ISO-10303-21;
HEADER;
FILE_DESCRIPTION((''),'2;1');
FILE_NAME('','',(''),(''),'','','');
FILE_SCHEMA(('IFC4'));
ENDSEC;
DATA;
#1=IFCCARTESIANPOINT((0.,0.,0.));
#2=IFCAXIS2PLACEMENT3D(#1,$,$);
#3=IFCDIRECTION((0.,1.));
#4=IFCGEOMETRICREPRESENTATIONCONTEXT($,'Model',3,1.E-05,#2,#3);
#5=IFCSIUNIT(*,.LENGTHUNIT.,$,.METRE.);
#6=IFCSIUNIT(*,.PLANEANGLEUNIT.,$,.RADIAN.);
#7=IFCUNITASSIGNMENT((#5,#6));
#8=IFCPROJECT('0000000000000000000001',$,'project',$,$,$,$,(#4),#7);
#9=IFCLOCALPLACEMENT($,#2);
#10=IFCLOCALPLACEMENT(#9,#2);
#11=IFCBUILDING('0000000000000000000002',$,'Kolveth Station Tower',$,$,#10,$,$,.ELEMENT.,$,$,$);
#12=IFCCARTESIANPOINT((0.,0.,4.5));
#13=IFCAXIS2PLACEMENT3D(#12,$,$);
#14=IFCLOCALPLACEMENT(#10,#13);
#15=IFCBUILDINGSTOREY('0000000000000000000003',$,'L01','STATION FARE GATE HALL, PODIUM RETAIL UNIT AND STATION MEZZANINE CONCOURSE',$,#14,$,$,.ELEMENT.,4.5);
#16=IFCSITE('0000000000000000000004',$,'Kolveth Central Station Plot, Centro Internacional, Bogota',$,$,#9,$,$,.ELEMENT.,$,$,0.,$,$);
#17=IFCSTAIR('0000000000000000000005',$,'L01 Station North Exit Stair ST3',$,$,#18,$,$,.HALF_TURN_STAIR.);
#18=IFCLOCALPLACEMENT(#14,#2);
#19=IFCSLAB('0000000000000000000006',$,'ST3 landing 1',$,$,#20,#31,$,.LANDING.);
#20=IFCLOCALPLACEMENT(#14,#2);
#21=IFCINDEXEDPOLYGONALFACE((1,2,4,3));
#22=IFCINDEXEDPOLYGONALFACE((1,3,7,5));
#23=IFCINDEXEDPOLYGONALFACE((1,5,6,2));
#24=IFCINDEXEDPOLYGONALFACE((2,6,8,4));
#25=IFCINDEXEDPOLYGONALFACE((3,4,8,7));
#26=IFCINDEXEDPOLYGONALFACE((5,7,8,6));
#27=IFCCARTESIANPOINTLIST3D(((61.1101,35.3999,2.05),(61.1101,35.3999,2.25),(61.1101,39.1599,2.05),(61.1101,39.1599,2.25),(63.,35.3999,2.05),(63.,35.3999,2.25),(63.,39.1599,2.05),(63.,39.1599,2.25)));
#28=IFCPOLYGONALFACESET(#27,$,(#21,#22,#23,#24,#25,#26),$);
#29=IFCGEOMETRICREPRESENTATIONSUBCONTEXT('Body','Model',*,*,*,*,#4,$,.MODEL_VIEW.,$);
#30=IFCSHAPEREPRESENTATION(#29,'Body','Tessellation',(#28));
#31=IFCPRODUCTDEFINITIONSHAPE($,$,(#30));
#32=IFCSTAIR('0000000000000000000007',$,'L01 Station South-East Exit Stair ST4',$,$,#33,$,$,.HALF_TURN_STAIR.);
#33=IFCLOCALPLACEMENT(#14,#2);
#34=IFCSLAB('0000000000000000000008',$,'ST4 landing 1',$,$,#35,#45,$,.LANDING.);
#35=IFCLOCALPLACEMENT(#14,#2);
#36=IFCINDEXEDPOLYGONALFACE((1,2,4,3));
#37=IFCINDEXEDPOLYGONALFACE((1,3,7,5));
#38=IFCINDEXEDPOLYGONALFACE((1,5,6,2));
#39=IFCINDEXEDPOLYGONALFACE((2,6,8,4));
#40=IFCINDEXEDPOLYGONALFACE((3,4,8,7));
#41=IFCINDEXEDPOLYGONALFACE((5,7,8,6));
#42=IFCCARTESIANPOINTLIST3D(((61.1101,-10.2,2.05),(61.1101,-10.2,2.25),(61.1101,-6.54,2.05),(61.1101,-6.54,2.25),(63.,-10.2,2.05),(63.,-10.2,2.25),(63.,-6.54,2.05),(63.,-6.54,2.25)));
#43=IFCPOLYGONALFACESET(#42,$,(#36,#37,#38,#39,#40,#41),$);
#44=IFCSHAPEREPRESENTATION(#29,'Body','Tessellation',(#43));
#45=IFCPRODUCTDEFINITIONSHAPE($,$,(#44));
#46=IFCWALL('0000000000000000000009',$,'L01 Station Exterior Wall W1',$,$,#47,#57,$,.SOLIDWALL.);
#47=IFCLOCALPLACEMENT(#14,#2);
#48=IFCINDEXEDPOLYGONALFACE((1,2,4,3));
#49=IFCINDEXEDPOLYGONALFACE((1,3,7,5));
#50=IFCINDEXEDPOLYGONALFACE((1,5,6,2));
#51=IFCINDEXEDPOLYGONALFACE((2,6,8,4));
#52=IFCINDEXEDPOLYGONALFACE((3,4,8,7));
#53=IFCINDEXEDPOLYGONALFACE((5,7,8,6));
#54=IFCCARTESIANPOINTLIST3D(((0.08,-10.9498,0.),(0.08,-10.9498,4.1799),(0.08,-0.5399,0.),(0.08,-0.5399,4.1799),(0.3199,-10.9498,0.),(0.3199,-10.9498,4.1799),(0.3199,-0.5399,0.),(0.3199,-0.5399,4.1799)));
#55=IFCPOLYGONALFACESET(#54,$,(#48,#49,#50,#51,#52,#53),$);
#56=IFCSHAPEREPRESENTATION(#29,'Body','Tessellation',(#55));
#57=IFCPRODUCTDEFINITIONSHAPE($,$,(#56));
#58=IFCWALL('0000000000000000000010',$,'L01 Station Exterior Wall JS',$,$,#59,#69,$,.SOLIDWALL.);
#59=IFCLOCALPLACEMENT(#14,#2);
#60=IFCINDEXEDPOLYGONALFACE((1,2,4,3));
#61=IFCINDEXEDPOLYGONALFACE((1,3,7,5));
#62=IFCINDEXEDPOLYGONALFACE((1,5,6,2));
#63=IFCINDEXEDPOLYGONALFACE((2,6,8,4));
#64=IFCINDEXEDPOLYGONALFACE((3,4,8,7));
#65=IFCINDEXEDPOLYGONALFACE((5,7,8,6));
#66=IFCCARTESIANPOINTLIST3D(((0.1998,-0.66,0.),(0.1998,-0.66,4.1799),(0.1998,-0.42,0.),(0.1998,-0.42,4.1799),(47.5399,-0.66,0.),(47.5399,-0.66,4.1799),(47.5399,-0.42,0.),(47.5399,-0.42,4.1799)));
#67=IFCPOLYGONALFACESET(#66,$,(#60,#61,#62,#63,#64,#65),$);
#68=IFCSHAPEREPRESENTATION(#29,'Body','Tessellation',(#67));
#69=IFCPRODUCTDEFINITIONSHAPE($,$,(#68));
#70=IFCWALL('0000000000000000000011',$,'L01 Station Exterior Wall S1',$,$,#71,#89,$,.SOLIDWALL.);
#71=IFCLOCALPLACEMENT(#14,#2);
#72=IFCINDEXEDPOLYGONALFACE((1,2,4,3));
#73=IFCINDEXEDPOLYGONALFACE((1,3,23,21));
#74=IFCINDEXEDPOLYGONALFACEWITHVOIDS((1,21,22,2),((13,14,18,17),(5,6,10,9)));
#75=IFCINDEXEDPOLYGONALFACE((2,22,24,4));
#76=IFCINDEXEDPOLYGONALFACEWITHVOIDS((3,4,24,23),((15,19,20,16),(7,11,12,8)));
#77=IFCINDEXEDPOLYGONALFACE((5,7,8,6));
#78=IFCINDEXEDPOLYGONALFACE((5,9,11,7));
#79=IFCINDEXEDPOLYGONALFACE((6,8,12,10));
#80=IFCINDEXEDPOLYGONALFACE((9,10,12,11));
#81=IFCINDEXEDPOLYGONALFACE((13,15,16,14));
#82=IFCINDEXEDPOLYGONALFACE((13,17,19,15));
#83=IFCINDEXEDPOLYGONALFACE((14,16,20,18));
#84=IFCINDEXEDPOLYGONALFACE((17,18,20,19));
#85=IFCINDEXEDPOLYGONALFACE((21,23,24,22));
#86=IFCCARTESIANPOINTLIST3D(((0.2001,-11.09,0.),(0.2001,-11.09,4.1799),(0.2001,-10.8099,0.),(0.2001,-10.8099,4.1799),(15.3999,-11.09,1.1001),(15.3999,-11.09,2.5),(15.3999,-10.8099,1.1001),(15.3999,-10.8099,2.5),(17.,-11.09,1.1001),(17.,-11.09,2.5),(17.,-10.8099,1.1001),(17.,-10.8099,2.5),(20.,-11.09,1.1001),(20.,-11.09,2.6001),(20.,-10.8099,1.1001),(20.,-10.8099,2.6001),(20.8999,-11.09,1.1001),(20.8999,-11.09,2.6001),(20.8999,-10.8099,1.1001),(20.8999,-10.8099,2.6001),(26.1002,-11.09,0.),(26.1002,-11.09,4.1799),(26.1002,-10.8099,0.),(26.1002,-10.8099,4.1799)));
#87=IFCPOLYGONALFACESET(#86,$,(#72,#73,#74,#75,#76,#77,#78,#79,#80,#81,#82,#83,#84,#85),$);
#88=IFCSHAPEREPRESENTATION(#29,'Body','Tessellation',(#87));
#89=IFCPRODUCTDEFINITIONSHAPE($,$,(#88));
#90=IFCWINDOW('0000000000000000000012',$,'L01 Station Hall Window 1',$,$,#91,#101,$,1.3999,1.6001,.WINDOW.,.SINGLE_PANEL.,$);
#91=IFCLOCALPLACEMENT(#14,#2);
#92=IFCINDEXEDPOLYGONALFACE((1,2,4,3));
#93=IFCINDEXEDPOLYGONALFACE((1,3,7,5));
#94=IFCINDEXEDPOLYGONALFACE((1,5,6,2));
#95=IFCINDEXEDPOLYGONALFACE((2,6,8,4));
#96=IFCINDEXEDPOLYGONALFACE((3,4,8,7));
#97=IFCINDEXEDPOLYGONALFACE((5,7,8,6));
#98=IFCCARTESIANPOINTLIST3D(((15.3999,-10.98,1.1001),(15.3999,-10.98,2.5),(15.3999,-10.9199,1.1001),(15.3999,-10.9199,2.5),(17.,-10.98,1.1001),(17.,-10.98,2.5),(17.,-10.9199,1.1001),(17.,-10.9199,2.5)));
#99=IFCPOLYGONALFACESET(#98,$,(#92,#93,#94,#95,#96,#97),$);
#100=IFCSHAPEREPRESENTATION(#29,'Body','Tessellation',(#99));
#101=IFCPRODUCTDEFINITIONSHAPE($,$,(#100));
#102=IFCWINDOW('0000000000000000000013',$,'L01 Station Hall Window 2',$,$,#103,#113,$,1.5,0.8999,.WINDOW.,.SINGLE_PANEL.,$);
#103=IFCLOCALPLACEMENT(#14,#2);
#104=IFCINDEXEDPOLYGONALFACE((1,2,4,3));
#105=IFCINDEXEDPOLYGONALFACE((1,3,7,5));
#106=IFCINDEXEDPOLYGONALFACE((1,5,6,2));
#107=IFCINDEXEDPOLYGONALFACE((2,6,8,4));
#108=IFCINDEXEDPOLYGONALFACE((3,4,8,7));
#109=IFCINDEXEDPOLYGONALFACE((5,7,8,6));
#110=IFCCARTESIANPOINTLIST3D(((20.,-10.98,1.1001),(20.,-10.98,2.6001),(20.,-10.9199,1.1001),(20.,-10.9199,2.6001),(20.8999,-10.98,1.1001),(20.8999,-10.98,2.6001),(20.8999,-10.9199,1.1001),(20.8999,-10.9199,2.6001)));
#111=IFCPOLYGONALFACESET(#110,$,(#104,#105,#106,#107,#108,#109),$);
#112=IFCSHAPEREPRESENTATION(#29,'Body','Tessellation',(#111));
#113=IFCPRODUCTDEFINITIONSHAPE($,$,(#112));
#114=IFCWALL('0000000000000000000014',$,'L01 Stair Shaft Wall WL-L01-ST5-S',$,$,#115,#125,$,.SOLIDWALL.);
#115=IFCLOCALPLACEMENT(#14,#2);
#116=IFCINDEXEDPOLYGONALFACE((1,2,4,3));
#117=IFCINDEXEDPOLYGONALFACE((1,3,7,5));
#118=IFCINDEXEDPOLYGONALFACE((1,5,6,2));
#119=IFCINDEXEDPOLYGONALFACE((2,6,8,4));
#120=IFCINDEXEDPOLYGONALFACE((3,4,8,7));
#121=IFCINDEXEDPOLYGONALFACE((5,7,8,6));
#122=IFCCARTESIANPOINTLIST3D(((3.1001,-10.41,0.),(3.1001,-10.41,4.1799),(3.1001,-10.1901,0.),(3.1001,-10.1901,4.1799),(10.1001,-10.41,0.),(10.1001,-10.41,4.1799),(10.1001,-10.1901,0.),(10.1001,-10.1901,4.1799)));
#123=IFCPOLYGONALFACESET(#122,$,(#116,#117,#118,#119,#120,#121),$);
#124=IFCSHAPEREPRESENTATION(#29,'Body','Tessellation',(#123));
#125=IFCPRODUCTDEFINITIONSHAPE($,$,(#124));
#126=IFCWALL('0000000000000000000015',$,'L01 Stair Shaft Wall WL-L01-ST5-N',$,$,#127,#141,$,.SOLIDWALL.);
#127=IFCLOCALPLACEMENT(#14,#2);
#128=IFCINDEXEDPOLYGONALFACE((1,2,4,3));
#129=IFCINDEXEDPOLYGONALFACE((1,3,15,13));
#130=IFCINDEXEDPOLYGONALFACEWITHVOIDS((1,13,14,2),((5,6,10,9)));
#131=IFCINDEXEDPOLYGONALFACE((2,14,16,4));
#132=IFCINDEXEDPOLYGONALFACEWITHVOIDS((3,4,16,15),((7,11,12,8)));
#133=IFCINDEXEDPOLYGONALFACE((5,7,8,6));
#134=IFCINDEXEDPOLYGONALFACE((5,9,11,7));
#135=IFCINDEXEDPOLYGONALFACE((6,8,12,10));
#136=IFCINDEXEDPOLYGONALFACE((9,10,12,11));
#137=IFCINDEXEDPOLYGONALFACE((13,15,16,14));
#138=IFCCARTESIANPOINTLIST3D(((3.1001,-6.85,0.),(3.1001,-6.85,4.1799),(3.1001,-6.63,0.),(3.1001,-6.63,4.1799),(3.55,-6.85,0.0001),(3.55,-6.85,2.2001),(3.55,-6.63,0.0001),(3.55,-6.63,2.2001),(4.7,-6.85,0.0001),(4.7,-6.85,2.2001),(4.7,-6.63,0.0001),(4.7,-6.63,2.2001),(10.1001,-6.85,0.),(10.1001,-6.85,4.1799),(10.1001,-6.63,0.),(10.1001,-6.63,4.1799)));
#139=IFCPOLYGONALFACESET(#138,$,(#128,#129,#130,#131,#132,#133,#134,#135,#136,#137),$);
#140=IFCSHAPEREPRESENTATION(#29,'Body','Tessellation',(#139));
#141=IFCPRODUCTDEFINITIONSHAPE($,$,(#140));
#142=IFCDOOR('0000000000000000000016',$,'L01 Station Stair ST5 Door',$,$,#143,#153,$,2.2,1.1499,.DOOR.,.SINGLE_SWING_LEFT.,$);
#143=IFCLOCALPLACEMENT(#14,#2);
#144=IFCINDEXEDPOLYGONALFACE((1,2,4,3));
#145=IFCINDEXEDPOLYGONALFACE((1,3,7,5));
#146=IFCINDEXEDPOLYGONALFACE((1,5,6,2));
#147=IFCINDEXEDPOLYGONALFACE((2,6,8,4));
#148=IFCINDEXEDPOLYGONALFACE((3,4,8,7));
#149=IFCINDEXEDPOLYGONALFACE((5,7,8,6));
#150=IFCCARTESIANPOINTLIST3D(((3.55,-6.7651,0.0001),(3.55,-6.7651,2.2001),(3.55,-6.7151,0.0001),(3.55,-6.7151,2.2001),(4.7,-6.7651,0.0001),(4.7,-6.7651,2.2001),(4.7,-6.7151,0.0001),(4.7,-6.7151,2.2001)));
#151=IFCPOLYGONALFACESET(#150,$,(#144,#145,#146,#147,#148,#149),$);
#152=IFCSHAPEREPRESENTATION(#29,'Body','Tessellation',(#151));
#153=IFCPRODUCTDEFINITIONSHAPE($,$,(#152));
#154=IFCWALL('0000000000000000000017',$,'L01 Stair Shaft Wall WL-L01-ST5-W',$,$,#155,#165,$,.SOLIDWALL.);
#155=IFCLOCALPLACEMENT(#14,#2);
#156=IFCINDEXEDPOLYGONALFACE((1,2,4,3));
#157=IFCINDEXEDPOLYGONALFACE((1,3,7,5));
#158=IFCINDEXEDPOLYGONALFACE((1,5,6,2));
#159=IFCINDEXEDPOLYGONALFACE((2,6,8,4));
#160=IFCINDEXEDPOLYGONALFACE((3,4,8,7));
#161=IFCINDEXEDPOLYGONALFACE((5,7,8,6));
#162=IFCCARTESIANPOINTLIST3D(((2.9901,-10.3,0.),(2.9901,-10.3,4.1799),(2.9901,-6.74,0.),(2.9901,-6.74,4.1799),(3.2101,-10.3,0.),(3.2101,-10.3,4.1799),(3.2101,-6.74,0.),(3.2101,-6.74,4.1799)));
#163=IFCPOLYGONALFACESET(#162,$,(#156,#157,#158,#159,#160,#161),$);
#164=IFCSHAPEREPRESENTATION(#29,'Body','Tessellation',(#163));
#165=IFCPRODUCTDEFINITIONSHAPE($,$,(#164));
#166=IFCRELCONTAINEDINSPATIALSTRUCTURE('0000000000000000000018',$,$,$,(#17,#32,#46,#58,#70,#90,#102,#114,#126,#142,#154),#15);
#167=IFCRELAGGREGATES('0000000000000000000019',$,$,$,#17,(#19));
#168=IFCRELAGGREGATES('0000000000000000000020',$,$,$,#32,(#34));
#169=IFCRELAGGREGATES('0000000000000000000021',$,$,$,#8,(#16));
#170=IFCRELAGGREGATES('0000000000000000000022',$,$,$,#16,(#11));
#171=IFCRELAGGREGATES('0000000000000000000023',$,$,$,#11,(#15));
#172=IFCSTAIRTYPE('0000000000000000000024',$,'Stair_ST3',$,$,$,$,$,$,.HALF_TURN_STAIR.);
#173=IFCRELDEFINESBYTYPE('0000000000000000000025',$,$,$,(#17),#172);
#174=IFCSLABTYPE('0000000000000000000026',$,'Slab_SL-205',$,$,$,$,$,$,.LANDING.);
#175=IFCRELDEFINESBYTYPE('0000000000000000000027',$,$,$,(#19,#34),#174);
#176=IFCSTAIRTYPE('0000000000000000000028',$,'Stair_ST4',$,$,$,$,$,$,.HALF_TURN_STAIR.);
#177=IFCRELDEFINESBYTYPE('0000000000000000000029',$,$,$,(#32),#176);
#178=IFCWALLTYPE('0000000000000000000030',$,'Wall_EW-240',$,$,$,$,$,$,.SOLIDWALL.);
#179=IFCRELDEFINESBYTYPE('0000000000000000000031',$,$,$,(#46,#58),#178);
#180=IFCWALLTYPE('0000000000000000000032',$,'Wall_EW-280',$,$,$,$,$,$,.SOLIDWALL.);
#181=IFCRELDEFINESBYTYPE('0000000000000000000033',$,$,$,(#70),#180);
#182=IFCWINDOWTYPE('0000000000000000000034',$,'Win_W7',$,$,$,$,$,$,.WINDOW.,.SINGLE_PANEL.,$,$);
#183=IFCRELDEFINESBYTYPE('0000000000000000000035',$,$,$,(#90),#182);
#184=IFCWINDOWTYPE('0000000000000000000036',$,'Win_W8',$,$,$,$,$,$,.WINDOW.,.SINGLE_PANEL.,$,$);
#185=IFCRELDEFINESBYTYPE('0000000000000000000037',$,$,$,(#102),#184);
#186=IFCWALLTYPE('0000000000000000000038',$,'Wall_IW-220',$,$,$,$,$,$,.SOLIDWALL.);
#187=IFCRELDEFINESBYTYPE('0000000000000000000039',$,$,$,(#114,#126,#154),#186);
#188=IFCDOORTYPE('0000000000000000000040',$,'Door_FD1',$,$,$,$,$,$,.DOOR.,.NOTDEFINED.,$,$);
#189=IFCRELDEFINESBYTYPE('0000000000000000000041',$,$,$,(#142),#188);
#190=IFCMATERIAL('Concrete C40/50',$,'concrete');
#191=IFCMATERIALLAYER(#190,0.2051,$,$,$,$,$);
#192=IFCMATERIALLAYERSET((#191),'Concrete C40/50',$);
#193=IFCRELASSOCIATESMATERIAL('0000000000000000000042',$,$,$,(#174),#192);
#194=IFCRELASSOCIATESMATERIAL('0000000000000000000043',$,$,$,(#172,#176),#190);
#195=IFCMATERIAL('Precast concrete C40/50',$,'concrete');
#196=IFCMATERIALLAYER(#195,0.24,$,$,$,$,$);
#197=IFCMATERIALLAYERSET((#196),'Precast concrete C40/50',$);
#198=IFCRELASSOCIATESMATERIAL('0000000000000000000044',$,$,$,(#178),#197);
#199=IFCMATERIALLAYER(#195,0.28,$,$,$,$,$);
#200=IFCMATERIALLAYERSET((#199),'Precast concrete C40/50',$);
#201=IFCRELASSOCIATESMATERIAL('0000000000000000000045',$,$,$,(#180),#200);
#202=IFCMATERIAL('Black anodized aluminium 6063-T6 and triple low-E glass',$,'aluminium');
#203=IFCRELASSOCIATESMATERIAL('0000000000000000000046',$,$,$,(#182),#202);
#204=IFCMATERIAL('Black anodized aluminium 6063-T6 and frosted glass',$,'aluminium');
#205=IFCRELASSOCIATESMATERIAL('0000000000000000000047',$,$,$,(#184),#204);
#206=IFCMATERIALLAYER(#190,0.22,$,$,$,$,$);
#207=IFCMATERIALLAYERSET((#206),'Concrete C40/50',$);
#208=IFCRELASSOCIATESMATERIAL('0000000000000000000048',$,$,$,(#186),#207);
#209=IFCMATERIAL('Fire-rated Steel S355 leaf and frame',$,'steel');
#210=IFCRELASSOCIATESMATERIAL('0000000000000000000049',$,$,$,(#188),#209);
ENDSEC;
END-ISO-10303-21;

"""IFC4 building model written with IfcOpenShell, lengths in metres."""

from ifc_helpers import new_model, si_unit, direction, frame, frame_2d, origin, place, context, subcontext, project, spatial, polyline, rectangle, outline, extrude, material, layer, layer_set, type_object, element, fill, aggregate, save


model = new_model("IFC4")

# Units and contexts
model_context = context("Model", 3, precision=1e-05, world=origin(), true_north=direction((0.0, 1.0)))
body_context = subcontext(model_context, "Body", "Model", "MODEL_VIEW")
ifc_project = project(units=[si_unit("LENGTHUNIT", "METRE"), si_unit("PLANEANGLEUNIT", "RADIAN")], contexts=[model_context])

# Site, building, storey
site_placement = place(None, origin())
site = spatial("IfcSite", under=ifc_project, at=site_placement, Name="Kolveth Central Station Plot, Centro Internacional, Bogota", CompositionType="ELEMENT", RefElevation=0.0)
building_placement = place(site_placement, origin())
building = spatial("IfcBuilding", under=site, at=building_placement, Name="Kolveth Station Tower", CompositionType="ELEMENT")
storey_placement = place(building_placement, frame((0.0, 0.0, 4.5)))
storey = spatial("IfcBuildingStorey", under=building, at=storey_placement, Name="L01", Description="STATION FARE GATE HALL, PODIUM RETAIL UNIT AND STATION MEZZANINE CONCOURSE", CompositionType="ELEMENT", Elevation=4.5)

# Stairs, slabs
ifc_material_1 = material(Name="Concrete C40/50", Category="concrete")
ifc_layer_1 = layer(ifc_material_1, 0.2051)
ifc_layer_set_1 = layer_set([ifc_layer_1], Name="Concrete C40/50")
slab_type_1 = type_object("IfcSlabType", Name="Slab_SL-205", PredefinedType="LANDING", material=ifc_layer_set_1)
stair_type_1 = type_object("IfcStairType", Name="Stair_ST3", PredefinedType="HALF_TURN_STAIR", material=ifc_material_1)
stair_1_placement = place(storey_placement, origin())
stair_1 = element("IfcStair", 1, at=stair_1_placement, inside=storey, type_object=stair_type_1, Name="L01 Station North Exit Stair ST3", PredefinedType="HALF_TURN_STAIR")
slab_1_placement = place(storey_placement, frame((0.0, 0.0, 2.05)))
slab_1 = element("IfcSlab", 2, at=slab_1_placement, type_object=slab_type_1, Name="ST3 landing 1", PredefinedType="LANDING", context=body_context, shape_type="SweptSolid", body=[
    extrude(outline(polyline([(61.1101, 35.3999), (63.0, 35.3999), (63.0, 39.1599), (61.1101, 39.1599), (61.1101, 35.3999)])), origin(), (0.0, 0.0, 1.0), 0.2),
])
aggregate(stair_1, [slab_1])
stair_type_2 = type_object("IfcStairType", Name="Stair_ST4", PredefinedType="HALF_TURN_STAIR", material=ifc_material_1)
stair_2_placement = place(storey_placement, origin())
stair_2 = element("IfcStair", 3, at=stair_2_placement, inside=storey, type_object=stair_type_2, Name="L01 Station South-East Exit Stair ST4", PredefinedType="HALF_TURN_STAIR")
slab_2_placement = place(storey_placement, frame((0.0, 0.0, 2.05)))
slab_2 = element("IfcSlab", 4, at=slab_2_placement, type_object=slab_type_1, Name="ST4 landing 1", PredefinedType="LANDING", context=body_context, shape_type="SweptSolid", body=[
    extrude(outline(polyline([(61.1101, -10.2), (63.0, -10.2), (63.0, -6.54), (61.1101, -6.54), (61.1101, -10.2)])), origin(), (0.0, 0.0, 1.0), 0.2),
])
aggregate(stair_2, [slab_2])

# Walls
ifc_material_2 = material(Name="Precast concrete C40/50", Category="concrete")
ifc_layer_2 = layer(ifc_material_2, 0.24)
ifc_layer_set_2 = layer_set([ifc_layer_2], Name="Precast concrete C40/50")
wall_type_1 = type_object("IfcWallType", Name="Wall_EW-240", PredefinedType="SOLIDWALL", material=ifc_layer_set_2)
wall_1_placement = place(storey_placement, frame((0.2, -10.95, 0.0), z_axis=(0.0, 0.0, 1.0), x_axis=(0.0, 1.0, 0.0)))
element("IfcWall", 5, at=wall_1_placement, inside=storey, type_object=wall_type_1, Name="L01 Station Exterior Wall W1", PredefinedType="SOLIDWALL", context=body_context, shape_type="SweptSolid", body=[
    extrude(rectangle(XDim=10.4099, YDim=0.24, at=frame_2d((5.2051, 0.0))), origin(), (0.0, 0.0, 1.0), 4.1799),
])
wall_2_placement = place(storey_placement, frame((0.2, -0.54, 0.0), z_axis=(0.0, 0.0, 1.0), x_axis=(1.0, 0.0, 0.0)))
element("IfcWall", 6, at=wall_2_placement, inside=storey, type_object=wall_type_1, Name="L01 Station Exterior Wall JS", PredefinedType="SOLIDWALL", context=body_context, shape_type="SweptSolid", body=[
    extrude(rectangle(XDim=47.3401, YDim=0.24, at=frame_2d((23.6699, 0.0))), origin(), (0.0, 0.0, 1.0), 4.1799),
])

# Wall, openings, windows
ifc_layer_3 = layer(ifc_material_2, 0.28)
ifc_layer_set_3 = layer_set([ifc_layer_3], Name="Precast concrete C40/50")
wall_type_2 = type_object("IfcWallType", Name="Wall_EW-280", PredefinedType="SOLIDWALL", material=ifc_layer_set_3)
wall_3_placement = place(storey_placement, frame((0.2, -10.95, 0.0), z_axis=(0.0, 0.0, 1.0), x_axis=(1.0, 0.0, 0.0)))
wall_3 = element("IfcWall", 7, at=wall_3_placement, inside=storey, type_object=wall_type_2, Name="L01 Station Exterior Wall S1", PredefinedType="SOLIDWALL", context=body_context, shape_type="SweptSolid", body=[
    extrude(rectangle(XDim=25.9001, YDim=0.28, at=frame_2d((12.9502, 0.0))), origin(), (0.0, 0.0, 1.0), 4.1799),
])
opening_1_placement = place(wall_3_placement, frame((15.2, 0.0, 1.1001)))
opening_1 = element("IfcOpeningElement", 8, at=opening_1_placement, cuts=wall_3, PredefinedType="OPENING", context=body_context, shape_type="SweptSolid", body=[
    extrude(rectangle(XDim=1.6001, YDim=1.3999, at=frame_2d((0.8, 0.7))), frame((0.0, 0.1499, 0.0), z_axis=(0.0, -1.0, 0.0), x_axis=(1.0, 0.0, 0.0)), (0.0, 0.0, 1.0), 0.3),
])
opening_2_placement = place(wall_3_placement, frame((19.8, 0.0, 1.1001)))
opening_2 = element("IfcOpeningElement", 9, at=opening_2_placement, cuts=wall_3, PredefinedType="OPENING", context=body_context, shape_type="SweptSolid", body=[
    extrude(rectangle(XDim=0.8999, YDim=1.5, at=frame_2d((0.45, 0.75))), frame((0.0, 0.1499, 0.0), z_axis=(0.0, -1.0, 0.0), x_axis=(1.0, 0.0, 0.0)), (0.0, 0.0, 1.0), 0.3),
])
ifc_material_3 = material(Name="Black anodized aluminium 6063-T6 and triple low-E glass", Category="aluminium")
window_type_1 = type_object("IfcWindowType", Name="Win_W7", PartitioningType="SINGLE_PANEL", PredefinedType="WINDOW", material=ifc_material_3)
window_1_placement = place(opening_1_placement, origin())
window_1 = element("IfcWindow", 10, at=window_1_placement, inside=storey, type_object=window_type_1, Name="L01 Station Hall Window 1", OverallHeight=1.3999, OverallWidth=1.6001, PartitioningType="SINGLE_PANEL", PredefinedType="WINDOW", context=body_context, shape_type="SweptSolid", body=[
    extrude(rectangle(XDim=1.6001, YDim=1.3999, at=frame_2d((0.8, 0.7))), frame((0.0, 0.03, 0.0), z_axis=(0.0, -1.0, 0.0), x_axis=(1.0, 0.0, 0.0)), (0.0, 0.0, 1.0), 0.0601),
])
fill(opening_1, window_1)
ifc_material_4 = material(Name="Black anodized aluminium 6063-T6 and frosted glass", Category="aluminium")
window_type_2 = type_object("IfcWindowType", Name="Win_W8", PartitioningType="SINGLE_PANEL", PredefinedType="WINDOW", material=ifc_material_4)
window_2_placement = place(opening_2_placement, origin())
window_2 = element("IfcWindow", 11, at=window_2_placement, inside=storey, type_object=window_type_2, Name="L01 Station Hall Window 2", OverallHeight=1.5, OverallWidth=0.8999, PartitioningType="SINGLE_PANEL", PredefinedType="WINDOW", context=body_context, shape_type="SweptSolid", body=[
    extrude(rectangle(XDim=0.8999, YDim=1.5, at=frame_2d((0.45, 0.75))), frame((0.0, 0.03, 0.0), z_axis=(0.0, -1.0, 0.0), x_axis=(1.0, 0.0, 0.0)), (0.0, 0.0, 1.0), 0.0601),
])
fill(opening_2, window_2)

# Wall
ifc_layer_4 = layer(ifc_material_1, 0.22)
ifc_layer_set_4 = layer_set([ifc_layer_4], Name="Concrete C40/50")
wall_type_3 = type_object("IfcWallType", Name="Wall_IW-220", PredefinedType="SOLIDWALL", material=ifc_layer_set_4)
wall_4_placement = place(storey_placement, frame((3.1001, -10.3, 0.0), z_axis=(0.0, 0.0, 1.0), x_axis=(1.0, 0.0, 0.0)))
element("IfcWall", 12, at=wall_4_placement, inside=storey, type_object=wall_type_3, Name="L01 Stair Shaft Wall WL-L01-ST5-S", PredefinedType="SOLIDWALL", context=body_context, shape_type="SweptSolid", body=[
    extrude(rectangle(XDim=7.0, YDim=0.22, at=frame_2d((3.5, 0.0))), origin(), (0.0, 0.0, 1.0), 4.1799),
])

# Wall, opening, door
wall_5_placement = place(storey_placement, frame((3.1001, -6.74, 0.0), z_axis=(0.0, 0.0, 1.0), x_axis=(1.0, 0.0, 0.0)))
wall_5 = element("IfcWall", 13, at=wall_5_placement, inside=storey, type_object=wall_type_3, Name="L01 Stair Shaft Wall WL-L01-ST5-N", PredefinedType="SOLIDWALL", context=body_context, shape_type="SweptSolid", body=[
    extrude(rectangle(XDim=7.0, YDim=0.22, at=frame_2d((3.5, 0.0))), origin(), (0.0, 0.0, 1.0), 4.1799),
])
opening_3_placement = place(wall_5_placement, frame((0.45, 0.0, 0.0)))
opening_3 = element("IfcOpeningElement", 14, at=opening_3_placement, cuts=wall_5, PredefinedType="OPENING", context=body_context, shape_type="SweptSolid", body=[
    extrude(rectangle(XDim=1.1499, YDim=2.2, at=frame_2d((0.575, 1.1001))), frame((0.0, 0.1199, 0.0), z_axis=(0.0, -1.0, 0.0), x_axis=(1.0, 0.0, 0.0)), (0.0, 0.0, 1.0), 0.24),
])
ifc_material_5 = material(Name="Fire-rated Steel S355 leaf and frame", Category="steel")
door_type = type_object("IfcDoorType", Name="Door_FD1", OperationType="NOTDEFINED", PredefinedType="DOOR", material=ifc_material_5)
door_placement = place(opening_3_placement, origin())
door = element("IfcDoor", 15, at=door_placement, inside=storey, type_object=door_type, Name="L01 Station Stair ST5 Door", OperationType="SINGLE_SWING_LEFT", OverallHeight=2.2, OverallWidth=1.1499, PredefinedType="DOOR", context=body_context, shape_type="SweptSolid", body=[
    extrude(rectangle(XDim=1.1499, YDim=2.2, at=frame_2d((0.575, 1.1001))), frame((0.0, 0.0249, 0.0), z_axis=(0.0, -1.0, 0.0), x_axis=(1.0, 0.0, 0.0)), (0.0, 0.0, 1.0), 0.05),
])
fill(opening_3, door)

# Wall
wall_6_placement = place(storey_placement, frame((3.1001, -10.3, 0.0), z_axis=(0.0, 0.0, 1.0), x_axis=(0.0, 1.0, 0.0)))
element("IfcWall", 16, at=wall_6_placement, inside=storey, type_object=wall_type_3, Name="L01 Stair Shaft Wall WL-L01-ST5-W", PredefinedType="SOLIDWALL", context=body_context, shape_type="SweptSolid", body=[
    extrude(rectangle(XDim=3.5601, YDim=0.22, at=frame_2d((1.78, 0.0))), origin(), (0.0, 0.0, 1.0), 4.1799),
])

save(model, "model.ifc")
